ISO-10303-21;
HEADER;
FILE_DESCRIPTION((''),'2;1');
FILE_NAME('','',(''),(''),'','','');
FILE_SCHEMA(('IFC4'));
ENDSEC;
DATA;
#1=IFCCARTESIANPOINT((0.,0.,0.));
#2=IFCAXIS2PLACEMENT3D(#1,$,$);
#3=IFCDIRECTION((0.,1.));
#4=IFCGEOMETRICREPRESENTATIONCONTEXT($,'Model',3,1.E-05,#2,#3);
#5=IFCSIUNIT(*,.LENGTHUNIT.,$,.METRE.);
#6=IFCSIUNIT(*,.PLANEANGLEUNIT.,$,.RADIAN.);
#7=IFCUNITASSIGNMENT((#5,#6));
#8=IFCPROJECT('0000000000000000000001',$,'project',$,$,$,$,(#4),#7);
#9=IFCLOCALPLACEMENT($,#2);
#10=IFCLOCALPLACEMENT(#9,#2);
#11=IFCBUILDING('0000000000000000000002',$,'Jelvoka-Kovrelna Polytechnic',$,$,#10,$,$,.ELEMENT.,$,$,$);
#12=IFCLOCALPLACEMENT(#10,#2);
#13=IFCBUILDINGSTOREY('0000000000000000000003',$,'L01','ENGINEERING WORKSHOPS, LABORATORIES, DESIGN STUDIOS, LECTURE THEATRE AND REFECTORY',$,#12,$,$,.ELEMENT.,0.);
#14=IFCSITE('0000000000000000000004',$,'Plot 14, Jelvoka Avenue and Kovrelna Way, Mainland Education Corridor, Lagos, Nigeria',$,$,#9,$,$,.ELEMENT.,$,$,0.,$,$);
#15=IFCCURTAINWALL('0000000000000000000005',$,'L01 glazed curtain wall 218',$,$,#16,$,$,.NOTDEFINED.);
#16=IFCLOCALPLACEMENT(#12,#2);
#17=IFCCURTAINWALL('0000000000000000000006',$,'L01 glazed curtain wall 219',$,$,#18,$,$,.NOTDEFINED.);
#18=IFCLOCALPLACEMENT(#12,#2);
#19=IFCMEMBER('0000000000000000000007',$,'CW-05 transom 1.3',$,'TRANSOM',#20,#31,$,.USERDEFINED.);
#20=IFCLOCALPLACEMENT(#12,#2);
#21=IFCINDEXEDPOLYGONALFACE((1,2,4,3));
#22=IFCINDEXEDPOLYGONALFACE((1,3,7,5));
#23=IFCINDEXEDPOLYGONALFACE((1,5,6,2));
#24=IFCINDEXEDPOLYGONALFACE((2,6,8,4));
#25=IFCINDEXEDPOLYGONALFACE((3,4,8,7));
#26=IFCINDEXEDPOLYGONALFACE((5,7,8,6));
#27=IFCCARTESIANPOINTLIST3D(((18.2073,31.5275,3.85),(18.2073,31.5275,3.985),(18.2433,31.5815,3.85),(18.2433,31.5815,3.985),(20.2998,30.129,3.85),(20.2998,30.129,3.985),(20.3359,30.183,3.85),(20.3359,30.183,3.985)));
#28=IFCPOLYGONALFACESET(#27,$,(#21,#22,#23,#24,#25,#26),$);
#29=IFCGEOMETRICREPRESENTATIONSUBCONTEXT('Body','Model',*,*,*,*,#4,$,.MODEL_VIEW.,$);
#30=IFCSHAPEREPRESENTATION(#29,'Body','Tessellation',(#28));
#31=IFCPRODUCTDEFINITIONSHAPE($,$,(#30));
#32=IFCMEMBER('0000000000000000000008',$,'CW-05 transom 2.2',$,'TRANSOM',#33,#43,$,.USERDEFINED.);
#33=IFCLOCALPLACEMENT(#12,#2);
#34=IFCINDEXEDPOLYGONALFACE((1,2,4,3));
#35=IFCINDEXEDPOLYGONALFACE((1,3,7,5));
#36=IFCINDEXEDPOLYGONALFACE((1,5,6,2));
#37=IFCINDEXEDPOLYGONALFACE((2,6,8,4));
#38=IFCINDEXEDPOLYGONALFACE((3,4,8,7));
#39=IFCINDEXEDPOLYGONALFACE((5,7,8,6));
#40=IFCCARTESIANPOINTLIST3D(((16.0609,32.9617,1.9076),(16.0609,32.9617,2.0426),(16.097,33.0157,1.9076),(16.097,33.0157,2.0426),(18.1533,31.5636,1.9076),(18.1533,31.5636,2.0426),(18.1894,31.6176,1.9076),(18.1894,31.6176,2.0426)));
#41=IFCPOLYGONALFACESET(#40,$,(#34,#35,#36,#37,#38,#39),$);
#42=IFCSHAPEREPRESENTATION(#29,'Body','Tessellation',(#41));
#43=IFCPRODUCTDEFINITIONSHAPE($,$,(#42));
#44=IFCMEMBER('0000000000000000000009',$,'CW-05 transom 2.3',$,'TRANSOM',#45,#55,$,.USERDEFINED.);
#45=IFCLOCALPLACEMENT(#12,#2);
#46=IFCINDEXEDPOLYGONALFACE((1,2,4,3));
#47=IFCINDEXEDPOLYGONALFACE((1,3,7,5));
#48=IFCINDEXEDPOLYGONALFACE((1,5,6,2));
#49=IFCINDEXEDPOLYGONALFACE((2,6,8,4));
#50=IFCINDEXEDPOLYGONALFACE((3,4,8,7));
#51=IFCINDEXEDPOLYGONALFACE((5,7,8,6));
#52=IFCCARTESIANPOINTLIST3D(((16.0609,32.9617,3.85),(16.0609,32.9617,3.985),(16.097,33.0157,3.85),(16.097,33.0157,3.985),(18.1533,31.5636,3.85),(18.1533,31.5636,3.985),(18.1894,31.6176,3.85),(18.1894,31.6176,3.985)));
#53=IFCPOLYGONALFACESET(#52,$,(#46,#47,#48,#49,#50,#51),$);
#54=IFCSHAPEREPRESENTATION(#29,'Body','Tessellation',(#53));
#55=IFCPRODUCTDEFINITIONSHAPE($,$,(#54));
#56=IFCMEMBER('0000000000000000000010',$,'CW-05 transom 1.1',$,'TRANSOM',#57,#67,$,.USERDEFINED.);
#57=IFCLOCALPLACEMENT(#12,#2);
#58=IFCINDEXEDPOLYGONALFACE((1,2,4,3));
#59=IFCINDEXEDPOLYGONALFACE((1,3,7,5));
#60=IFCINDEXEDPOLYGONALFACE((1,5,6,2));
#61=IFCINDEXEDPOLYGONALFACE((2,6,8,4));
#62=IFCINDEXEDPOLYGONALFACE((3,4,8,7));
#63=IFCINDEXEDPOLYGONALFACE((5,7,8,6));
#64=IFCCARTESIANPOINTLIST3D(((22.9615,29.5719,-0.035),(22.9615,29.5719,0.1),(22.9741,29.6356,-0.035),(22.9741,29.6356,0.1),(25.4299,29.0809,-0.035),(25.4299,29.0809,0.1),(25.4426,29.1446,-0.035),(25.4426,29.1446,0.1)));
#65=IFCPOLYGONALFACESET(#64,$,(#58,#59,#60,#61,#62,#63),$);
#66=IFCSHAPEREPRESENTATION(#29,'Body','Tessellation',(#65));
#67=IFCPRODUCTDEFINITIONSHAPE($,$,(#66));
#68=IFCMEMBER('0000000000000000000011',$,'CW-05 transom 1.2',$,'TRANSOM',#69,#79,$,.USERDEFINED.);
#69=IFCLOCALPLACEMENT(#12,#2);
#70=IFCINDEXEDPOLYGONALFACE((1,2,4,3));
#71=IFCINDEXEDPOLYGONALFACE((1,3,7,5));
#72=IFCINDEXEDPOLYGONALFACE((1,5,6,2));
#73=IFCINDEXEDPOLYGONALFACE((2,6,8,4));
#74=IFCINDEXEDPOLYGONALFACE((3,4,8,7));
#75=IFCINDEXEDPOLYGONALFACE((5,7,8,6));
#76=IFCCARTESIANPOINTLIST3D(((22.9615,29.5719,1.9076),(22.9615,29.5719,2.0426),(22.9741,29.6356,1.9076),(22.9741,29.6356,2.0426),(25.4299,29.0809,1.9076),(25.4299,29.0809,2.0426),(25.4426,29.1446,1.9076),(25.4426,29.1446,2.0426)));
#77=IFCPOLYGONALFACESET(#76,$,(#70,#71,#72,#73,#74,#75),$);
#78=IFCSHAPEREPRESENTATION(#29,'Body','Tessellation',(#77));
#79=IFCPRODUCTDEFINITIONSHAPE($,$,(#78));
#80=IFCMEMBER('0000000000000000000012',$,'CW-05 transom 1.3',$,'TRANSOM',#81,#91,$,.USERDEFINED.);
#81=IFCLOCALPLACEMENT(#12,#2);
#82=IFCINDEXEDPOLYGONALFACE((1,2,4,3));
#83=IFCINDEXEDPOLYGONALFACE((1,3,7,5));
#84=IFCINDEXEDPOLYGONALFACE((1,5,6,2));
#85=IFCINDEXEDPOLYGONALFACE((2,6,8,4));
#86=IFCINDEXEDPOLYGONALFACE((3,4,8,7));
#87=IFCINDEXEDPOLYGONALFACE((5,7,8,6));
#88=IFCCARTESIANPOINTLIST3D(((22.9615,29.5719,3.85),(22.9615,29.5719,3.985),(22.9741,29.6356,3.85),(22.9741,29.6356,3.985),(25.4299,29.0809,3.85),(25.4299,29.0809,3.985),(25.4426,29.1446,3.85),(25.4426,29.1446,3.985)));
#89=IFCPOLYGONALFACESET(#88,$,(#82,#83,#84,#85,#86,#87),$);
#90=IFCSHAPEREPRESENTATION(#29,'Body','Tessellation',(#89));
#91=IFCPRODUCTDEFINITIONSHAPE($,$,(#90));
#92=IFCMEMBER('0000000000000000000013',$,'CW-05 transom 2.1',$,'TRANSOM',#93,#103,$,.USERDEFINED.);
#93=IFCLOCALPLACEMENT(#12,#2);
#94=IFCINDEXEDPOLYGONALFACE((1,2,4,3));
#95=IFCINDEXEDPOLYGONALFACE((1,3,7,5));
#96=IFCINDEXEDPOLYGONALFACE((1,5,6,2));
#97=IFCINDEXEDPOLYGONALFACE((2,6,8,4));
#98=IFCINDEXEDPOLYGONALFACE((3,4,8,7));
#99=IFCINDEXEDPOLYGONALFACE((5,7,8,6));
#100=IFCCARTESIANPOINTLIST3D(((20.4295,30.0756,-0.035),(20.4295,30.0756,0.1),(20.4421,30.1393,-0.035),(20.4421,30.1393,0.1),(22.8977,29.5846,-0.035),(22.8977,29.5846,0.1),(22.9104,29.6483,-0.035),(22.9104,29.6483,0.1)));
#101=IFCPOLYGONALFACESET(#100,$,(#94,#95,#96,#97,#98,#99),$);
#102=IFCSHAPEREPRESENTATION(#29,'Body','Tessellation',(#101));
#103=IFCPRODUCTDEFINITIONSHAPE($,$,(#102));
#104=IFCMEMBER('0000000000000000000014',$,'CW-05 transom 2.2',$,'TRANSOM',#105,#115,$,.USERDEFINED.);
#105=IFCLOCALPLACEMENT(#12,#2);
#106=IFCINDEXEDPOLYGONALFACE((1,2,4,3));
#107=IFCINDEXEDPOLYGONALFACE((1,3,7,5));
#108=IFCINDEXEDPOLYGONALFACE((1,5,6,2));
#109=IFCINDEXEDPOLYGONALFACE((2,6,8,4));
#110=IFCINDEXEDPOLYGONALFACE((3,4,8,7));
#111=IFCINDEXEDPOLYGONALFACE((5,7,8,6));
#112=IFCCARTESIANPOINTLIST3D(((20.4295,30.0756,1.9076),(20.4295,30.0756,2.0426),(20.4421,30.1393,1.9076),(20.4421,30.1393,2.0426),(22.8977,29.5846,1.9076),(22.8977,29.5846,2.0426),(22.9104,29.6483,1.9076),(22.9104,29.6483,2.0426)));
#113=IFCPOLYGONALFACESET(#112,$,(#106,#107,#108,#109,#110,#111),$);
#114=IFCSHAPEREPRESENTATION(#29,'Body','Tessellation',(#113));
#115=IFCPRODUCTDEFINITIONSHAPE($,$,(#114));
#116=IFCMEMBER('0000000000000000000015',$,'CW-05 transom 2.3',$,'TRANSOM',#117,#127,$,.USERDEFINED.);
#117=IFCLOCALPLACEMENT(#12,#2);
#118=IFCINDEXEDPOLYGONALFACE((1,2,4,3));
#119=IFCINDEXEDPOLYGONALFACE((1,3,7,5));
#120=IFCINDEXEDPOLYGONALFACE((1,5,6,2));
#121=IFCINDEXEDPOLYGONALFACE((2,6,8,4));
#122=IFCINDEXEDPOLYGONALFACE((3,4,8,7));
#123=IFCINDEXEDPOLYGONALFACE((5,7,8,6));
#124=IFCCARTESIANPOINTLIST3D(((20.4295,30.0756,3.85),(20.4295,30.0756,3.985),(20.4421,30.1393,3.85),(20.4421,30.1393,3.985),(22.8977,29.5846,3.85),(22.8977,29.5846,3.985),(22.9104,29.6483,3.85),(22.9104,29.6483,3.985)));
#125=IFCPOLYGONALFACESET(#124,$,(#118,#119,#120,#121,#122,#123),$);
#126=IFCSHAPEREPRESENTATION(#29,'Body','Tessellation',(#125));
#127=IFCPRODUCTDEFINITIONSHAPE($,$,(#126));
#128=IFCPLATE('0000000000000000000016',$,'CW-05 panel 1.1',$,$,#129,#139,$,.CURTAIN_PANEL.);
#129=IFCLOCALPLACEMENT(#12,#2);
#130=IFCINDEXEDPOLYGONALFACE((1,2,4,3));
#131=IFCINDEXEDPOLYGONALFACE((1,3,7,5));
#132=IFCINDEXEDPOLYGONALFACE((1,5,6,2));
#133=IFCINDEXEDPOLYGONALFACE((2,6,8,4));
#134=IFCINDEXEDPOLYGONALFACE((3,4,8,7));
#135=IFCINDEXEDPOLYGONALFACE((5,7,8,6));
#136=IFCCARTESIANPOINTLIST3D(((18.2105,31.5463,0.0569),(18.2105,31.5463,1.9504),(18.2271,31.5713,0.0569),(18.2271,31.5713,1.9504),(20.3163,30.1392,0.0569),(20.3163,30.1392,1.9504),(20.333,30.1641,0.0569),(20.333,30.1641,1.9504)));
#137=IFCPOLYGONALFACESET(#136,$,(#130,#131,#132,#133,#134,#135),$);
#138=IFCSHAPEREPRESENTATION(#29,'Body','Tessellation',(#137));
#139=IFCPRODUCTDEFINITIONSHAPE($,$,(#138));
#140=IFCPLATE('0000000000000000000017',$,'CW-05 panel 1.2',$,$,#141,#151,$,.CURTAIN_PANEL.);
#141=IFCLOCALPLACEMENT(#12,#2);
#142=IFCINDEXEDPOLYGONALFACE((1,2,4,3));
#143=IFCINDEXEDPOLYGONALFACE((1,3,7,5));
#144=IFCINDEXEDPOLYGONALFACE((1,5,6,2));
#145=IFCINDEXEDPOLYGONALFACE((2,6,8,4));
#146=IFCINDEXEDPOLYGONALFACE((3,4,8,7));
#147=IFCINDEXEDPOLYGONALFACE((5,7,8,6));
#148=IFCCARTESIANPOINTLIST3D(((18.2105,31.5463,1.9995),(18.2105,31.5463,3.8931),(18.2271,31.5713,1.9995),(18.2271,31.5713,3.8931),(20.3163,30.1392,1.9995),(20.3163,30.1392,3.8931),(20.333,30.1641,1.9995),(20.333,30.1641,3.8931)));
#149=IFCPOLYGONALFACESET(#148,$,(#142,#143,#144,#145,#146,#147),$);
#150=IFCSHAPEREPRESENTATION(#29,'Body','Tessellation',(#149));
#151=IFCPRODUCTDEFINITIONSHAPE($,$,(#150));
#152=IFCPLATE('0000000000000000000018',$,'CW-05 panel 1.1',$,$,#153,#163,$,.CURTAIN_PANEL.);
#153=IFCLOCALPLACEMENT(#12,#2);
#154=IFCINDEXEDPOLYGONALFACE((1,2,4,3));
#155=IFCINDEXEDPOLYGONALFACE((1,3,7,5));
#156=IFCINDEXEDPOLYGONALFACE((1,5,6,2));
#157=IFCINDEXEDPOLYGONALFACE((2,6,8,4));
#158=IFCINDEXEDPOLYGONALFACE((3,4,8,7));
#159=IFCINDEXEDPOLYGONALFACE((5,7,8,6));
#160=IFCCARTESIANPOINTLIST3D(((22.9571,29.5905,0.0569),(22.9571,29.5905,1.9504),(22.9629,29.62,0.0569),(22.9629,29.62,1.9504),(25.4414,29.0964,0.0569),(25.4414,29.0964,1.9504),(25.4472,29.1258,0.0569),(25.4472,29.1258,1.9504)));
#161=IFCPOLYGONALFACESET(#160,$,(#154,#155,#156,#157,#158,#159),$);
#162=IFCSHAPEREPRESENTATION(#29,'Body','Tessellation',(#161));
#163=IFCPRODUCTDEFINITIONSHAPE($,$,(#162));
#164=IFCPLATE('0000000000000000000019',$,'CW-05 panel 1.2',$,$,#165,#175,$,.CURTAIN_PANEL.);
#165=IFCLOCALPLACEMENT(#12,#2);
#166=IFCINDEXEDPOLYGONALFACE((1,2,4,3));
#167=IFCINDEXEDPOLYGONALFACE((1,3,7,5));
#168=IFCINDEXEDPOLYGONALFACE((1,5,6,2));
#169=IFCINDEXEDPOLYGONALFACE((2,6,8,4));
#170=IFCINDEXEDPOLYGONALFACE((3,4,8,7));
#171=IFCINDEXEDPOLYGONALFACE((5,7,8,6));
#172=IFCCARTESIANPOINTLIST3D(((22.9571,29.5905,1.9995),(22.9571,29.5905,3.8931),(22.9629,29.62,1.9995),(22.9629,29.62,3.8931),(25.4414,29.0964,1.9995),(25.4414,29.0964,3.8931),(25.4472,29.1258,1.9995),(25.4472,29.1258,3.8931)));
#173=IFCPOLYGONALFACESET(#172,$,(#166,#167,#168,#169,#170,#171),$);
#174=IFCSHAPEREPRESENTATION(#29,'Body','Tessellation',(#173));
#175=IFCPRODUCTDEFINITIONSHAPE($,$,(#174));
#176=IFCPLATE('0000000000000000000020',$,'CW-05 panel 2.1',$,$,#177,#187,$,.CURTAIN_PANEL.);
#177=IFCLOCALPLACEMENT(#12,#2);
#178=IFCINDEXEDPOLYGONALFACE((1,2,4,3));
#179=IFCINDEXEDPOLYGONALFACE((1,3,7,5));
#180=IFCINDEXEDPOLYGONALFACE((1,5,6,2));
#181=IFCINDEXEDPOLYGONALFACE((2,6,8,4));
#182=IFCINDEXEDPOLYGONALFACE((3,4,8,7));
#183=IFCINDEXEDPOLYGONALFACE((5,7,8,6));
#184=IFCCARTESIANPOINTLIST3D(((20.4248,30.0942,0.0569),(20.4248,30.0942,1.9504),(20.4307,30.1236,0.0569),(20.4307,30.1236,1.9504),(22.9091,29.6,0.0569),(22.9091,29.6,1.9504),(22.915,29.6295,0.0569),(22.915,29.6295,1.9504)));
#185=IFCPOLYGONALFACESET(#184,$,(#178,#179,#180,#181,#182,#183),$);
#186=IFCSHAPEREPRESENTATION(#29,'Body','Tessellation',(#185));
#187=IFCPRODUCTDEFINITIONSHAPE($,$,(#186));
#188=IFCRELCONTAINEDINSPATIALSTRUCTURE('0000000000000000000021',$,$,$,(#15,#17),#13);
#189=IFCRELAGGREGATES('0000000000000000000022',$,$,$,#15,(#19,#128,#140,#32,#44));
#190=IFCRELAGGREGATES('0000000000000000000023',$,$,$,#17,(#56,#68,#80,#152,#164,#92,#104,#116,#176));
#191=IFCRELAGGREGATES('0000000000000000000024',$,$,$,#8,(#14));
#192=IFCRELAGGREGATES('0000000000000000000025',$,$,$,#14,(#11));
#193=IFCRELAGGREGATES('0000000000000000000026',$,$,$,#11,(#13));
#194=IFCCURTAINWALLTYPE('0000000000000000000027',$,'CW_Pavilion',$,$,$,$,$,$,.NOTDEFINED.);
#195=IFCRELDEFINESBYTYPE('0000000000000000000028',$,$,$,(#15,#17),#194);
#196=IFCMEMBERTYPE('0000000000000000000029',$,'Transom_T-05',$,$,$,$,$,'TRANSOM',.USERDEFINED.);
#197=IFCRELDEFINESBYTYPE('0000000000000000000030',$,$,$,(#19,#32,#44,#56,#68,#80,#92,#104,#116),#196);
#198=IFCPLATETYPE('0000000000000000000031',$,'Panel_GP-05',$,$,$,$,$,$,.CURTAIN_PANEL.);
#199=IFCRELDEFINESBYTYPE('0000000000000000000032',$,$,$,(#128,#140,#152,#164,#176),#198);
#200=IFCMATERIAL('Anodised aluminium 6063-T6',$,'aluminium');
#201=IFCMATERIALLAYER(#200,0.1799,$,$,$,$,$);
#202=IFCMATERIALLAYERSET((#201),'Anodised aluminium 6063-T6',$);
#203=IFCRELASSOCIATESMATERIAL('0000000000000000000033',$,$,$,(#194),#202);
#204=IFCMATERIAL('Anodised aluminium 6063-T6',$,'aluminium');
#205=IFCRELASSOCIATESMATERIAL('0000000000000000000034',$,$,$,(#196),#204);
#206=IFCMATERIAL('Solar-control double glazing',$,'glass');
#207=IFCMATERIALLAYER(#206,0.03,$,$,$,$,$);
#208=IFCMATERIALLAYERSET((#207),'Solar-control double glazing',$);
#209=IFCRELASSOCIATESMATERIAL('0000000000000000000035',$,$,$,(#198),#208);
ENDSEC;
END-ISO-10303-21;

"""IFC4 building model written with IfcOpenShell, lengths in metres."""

from ifc_helpers import new_model, si_unit, direction, frame, origin, origin_2d, place, context, subcontext, project, spatial, rectangle, extrude, material, layer, layer_set, material_profile, profile_set, type_object, element, aggregate, save


model = new_model("IFC4")

# Units and contexts
model_context = context("Model", 3, precision=1e-05, world=origin(), true_north=direction((0.0, 1.0)))
body_context = subcontext(model_context, "Body", "Model", "MODEL_VIEW")
ifc_project = project(units=[si_unit("LENGTHUNIT", "METRE"), si_unit("PLANEANGLEUNIT", "RADIAN")], contexts=[model_context])

# Site, building, storey
site_placement = place(None, origin())
site = spatial("IfcSite", under=ifc_project, at=site_placement, Name="Plot 14, Jelvoka Avenue and Kovrelna Way, Mainland Education Corridor, Lagos, Nigeria", CompositionType="ELEMENT", RefElevation=0.0)
building_placement = place(site_placement, origin())
building = spatial("IfcBuilding", under=site, at=building_placement, Name="Jelvoka-Kovrelna Polytechnic", CompositionType="ELEMENT")
storey_placement = place(building_placement, origin())
storey = spatial("IfcBuildingStorey", under=building, at=storey_placement, Name="L01", Description="ENGINEERING WORKSHOPS, LABORATORIES, DESIGN STUDIOS, LECTURE THEATRE AND REFECTORY", CompositionType="ELEMENT", Elevation=0.0)

# Curtain walls
ifc_material_1 = material(Name="Anodised aluminium 6063-T6", Category="aluminium")
ifc_layer_1 = layer(ifc_material_1, 0.1799)
ifc_layer_set_1 = layer_set([ifc_layer_1], Name="Anodised aluminium 6063-T6")
curtain_wall_type = type_object("IfcCurtainWallType", Name="CW_Pavilion", PredefinedType="NOTDEFINED", material=ifc_layer_set_1)
curtain_wall_1_placement = place(storey_placement, origin())
curtain_wall_1 = element("IfcCurtainWall", 1, at=curtain_wall_1_placement, inside=storey, type_object=curtain_wall_type, Name="L01 glazed curtain wall 218", PredefinedType="NOTDEFINED")
curtain_wall_2_placement = place(storey_placement, origin())
curtain_wall_2 = element("IfcCurtainWall", 2, at=curtain_wall_2_placement, inside=storey, type_object=curtain_wall_type, Name="L01 glazed curtain wall 219", PredefinedType="NOTDEFINED")

# Members
ifc_material_2 = material(Name="Anodised aluminium 6063-T6", Category="aluminium")
ifc_material_profile_1 = material_profile(ifc_material_2, rectangle(XDim=0.0649, YDim=0.135, at=origin_2d()), Name="ALU 65x135")
ifc_profile_set_1 = profile_set([ifc_material_profile_1], Name="Anodised aluminium 6063-T6")
member_type_1 = type_object("IfcMemberType", Name="Transom_T-05", ElementType="TRANSOM", PredefinedType="USERDEFINED", material=ifc_profile_set_1)
member_1_placement = place(storey_placement, frame((20.3179, 30.156, 3.9175), z_axis=(-0.831423, 0.55564, 0.0), x_axis=(-0.55564, -0.831423, 0.0)))
member_1 = element("IfcMember", 3, at=member_1_placement, type_object=member_type_1, Name="CW-05 transom 1.3", ObjectType="TRANSOM", PredefinedType="USERDEFINED", context=body_context, shape_type="SweptSolid", body=[
    extrude(rectangle(XDim=0.0649, YDim=0.135, at=origin_2d()), origin(), (0.0, 0.0, 1.0), 2.5168),
])
member_2_placement = place(storey_placement, frame((18.1714, 31.5906, 1.9751), z_axis=(-0.831468, 0.555573, 0.0), x_axis=(-0.555573, -0.831468, 0.0)))
member_2 = element("IfcMember", 4, at=member_2_placement, type_object=member_type_1, Name="CW-05 transom 2.2", ObjectType="TRANSOM", PredefinedType="USERDEFINED", context=body_context, shape_type="SweptSolid", body=[
    extrude(rectangle(XDim=0.0649, YDim=0.135, at=origin_2d()), origin(), (0.0, 0.0, 1.0), 2.5166),
])
member_3_placement = place(storey_placement, frame((18.1714, 31.5906, 3.9175), z_axis=(-0.831468, 0.555573, 0.0), x_axis=(-0.555573, -0.831468, 0.0)))
member_3 = element("IfcMember", 5, at=member_3_placement, type_object=member_type_1, Name="CW-05 transom 2.3", ObjectType="TRANSOM", PredefinedType="USERDEFINED", context=body_context, shape_type="SweptSolid", body=[
    extrude(rectangle(XDim=0.0649, YDim=0.135, at=origin_2d()), origin(), (0.0, 0.0, 1.0), 2.5166),
])
member_4_placement = place(storey_placement, frame((25.4363, 29.1128, 0.0325), z_axis=(-0.980789, 0.195071, 0.0), x_axis=(-0.195071, -0.980789, 0.0)))
member_4 = element("IfcMember", 6, at=member_4_placement, type_object=member_type_1, Name="CW-05 transom 1.1", ObjectType="TRANSOM", PredefinedType="USERDEFINED", context=body_context, shape_type="SweptSolid", body=[
    extrude(rectangle(XDim=0.0649, YDim=0.135, at=origin_2d()), origin(), (0.0, 0.0, 1.0), 2.5168),
])
member_5_placement = place(storey_placement, frame((25.4363, 29.1128, 1.9751), z_axis=(-0.980789, 0.195071, 0.0), x_axis=(-0.195071, -0.980789, 0.0)))
member_5 = element("IfcMember", 7, at=member_5_placement, type_object=member_type_1, Name="CW-05 transom 1.2", ObjectType="TRANSOM", PredefinedType="USERDEFINED", context=body_context, shape_type="SweptSolid", body=[
    extrude(rectangle(XDim=0.0649, YDim=0.135, at=origin_2d()), origin(), (0.0, 0.0, 1.0), 2.5168),
])
member_6_placement = place(storey_placement, frame((25.4363, 29.1128, 3.9175), z_axis=(-0.980789, 0.195071, 0.0), x_axis=(-0.195071, -0.980789, 0.0)))
member_6 = element("IfcMember", 8, at=member_6_placement, type_object=member_type_1, Name="CW-05 transom 1.3", ObjectType="TRANSOM", PredefinedType="USERDEFINED", context=body_context, shape_type="SweptSolid", body=[
    extrude(rectangle(XDim=0.0649, YDim=0.135, at=origin_2d()), origin(), (0.0, 0.0, 1.0), 2.5168),
])
member_7_placement = place(storey_placement, frame((22.9041, 29.6165, 0.0325), z_axis=(-0.980785, 0.19509, 0.0), x_axis=(-0.19509, -0.980785, 0.0)))
member_7 = element("IfcMember", 9, at=member_7_placement, type_object=member_type_1, Name="CW-05 transom 2.1", ObjectType="TRANSOM", PredefinedType="USERDEFINED", context=body_context, shape_type="SweptSolid", body=[
    extrude(rectangle(XDim=0.0649, YDim=0.135, at=origin_2d()), origin(), (0.0, 0.0, 1.0), 2.5166),
])
member_8_placement = place(storey_placement, frame((22.9041, 29.6165, 1.9751), z_axis=(-0.980785, 0.19509, 0.0), x_axis=(-0.19509, -0.980785, 0.0)))
member_8 = element("IfcMember", 10, at=member_8_placement, type_object=member_type_1, Name="CW-05 transom 2.2", ObjectType="TRANSOM", PredefinedType="USERDEFINED", context=body_context, shape_type="SweptSolid", body=[
    extrude(rectangle(XDim=0.0649, YDim=0.135, at=origin_2d()), origin(), (0.0, 0.0, 1.0), 2.5166),
])
member_9_placement = place(storey_placement, frame((22.9041, 29.6165, 3.9175), z_axis=(-0.980785, 0.19509, 0.0), x_axis=(-0.19509, -0.980785, 0.0)))
member_9 = element("IfcMember", 11, at=member_9_placement, type_object=member_type_1, Name="CW-05 transom 2.3", ObjectType="TRANSOM", PredefinedType="USERDEFINED", context=body_context, shape_type="SweptSolid", body=[
    extrude(rectangle(XDim=0.0649, YDim=0.135, at=origin_2d()), origin(), (0.0, 0.0, 1.0), 2.5166),
])

# Plates
ifc_material_3 = material(Name="Solar-control double glazing", Category="glass")
ifc_layer_2 = layer(ifc_material_3, 0.03)
ifc_layer_set_2 = layer_set([ifc_layer_2], Name="Solar-control double glazing")
plate_type = type_object("IfcPlateType", Name="Panel_GP-05", PredefinedType="CURTAIN_PANEL", material=ifc_layer_set_2)
plate_1_placement = place(storey_placement, frame((19.2717, 30.8552, 0.0569), z_axis=(0.0, 0.0, 1.0), x_axis=(-0.831461, 0.555583, 0.0)))
plate_1 = element("IfcPlate", 12, at=plate_1_placement, type_object=plate_type, Name="CW-05 panel 1.1", PredefinedType="CURTAIN_PANEL", context=body_context, shape_type="SweptSolid", body=[
    extrude(rectangle(XDim=2.5327, YDim=0.03, at=origin_2d()), origin(), (0.0, 0.0, 1.0), 1.8936),
])
plate_2_placement = place(storey_placement, frame((19.2717, 30.8552, 1.9995), z_axis=(0.0, 0.0, 1.0), x_axis=(-0.831461, 0.555583, 0.0)))
plate_2 = element("IfcPlate", 13, at=plate_2_placement, type_object=plate_type, Name="CW-05 panel 1.2", PredefinedType="CURTAIN_PANEL", context=body_context, shape_type="SweptSolid", body=[
    extrude(rectangle(XDim=2.5327, YDim=0.03, at=origin_2d()), origin(), (0.0, 0.0, 1.0), 1.8936),
])
aggregate(curtain_wall_1, [member_1, plate_1, plate_2, member_2, member_3])
plate_3_placement = place(storey_placement, frame((24.2021, 29.3582, 0.0569), z_axis=(0.0, 0.0, 1.0), x_axis=(-0.980786, 0.195086, 0.0)))
plate_3 = element("IfcPlate", 14, at=plate_3_placement, type_object=plate_type, Name="CW-05 panel 1.1", PredefinedType="CURTAIN_PANEL", context=body_context, shape_type="SweptSolid", body=[
    extrude(rectangle(XDim=2.533, YDim=0.03, at=origin_2d()), origin(), (0.0, 0.0, 1.0), 1.8936),
])
plate_4_placement = place(storey_placement, frame((24.2021, 29.3582, 1.9995), z_axis=(0.0, 0.0, 1.0), x_axis=(-0.980786, 0.195086, 0.0)))
plate_4 = element("IfcPlate", 15, at=plate_4_placement, type_object=plate_type, Name="CW-05 panel 1.2", PredefinedType="CURTAIN_PANEL", context=body_context, shape_type="SweptSolid", body=[
    extrude(rectangle(XDim=2.533, YDim=0.03, at=origin_2d()), origin(), (0.0, 0.0, 1.0), 1.8936),
])
plate_5_placement = place(storey_placement, frame((21.6699, 29.8618, 0.0569), z_axis=(0.0, 0.0, 1.0), x_axis=(-0.980786, 0.195086, 0.0)))
plate_5 = element("IfcPlate", 16, at=plate_5_placement, type_object=plate_type, Name="CW-05 panel 2.1", PredefinedType="CURTAIN_PANEL", context=body_context, shape_type="SweptSolid", body=[
    extrude(rectangle(XDim=2.533, YDim=0.03, at=origin_2d()), origin(), (0.0, 0.0, 1.0), 1.8936),
])
aggregate(curtain_wall_2, [member_4, member_5, member_6, plate_3, plate_4, member_7, member_8, member_9, plate_5])

save(model, "model.ifc")
